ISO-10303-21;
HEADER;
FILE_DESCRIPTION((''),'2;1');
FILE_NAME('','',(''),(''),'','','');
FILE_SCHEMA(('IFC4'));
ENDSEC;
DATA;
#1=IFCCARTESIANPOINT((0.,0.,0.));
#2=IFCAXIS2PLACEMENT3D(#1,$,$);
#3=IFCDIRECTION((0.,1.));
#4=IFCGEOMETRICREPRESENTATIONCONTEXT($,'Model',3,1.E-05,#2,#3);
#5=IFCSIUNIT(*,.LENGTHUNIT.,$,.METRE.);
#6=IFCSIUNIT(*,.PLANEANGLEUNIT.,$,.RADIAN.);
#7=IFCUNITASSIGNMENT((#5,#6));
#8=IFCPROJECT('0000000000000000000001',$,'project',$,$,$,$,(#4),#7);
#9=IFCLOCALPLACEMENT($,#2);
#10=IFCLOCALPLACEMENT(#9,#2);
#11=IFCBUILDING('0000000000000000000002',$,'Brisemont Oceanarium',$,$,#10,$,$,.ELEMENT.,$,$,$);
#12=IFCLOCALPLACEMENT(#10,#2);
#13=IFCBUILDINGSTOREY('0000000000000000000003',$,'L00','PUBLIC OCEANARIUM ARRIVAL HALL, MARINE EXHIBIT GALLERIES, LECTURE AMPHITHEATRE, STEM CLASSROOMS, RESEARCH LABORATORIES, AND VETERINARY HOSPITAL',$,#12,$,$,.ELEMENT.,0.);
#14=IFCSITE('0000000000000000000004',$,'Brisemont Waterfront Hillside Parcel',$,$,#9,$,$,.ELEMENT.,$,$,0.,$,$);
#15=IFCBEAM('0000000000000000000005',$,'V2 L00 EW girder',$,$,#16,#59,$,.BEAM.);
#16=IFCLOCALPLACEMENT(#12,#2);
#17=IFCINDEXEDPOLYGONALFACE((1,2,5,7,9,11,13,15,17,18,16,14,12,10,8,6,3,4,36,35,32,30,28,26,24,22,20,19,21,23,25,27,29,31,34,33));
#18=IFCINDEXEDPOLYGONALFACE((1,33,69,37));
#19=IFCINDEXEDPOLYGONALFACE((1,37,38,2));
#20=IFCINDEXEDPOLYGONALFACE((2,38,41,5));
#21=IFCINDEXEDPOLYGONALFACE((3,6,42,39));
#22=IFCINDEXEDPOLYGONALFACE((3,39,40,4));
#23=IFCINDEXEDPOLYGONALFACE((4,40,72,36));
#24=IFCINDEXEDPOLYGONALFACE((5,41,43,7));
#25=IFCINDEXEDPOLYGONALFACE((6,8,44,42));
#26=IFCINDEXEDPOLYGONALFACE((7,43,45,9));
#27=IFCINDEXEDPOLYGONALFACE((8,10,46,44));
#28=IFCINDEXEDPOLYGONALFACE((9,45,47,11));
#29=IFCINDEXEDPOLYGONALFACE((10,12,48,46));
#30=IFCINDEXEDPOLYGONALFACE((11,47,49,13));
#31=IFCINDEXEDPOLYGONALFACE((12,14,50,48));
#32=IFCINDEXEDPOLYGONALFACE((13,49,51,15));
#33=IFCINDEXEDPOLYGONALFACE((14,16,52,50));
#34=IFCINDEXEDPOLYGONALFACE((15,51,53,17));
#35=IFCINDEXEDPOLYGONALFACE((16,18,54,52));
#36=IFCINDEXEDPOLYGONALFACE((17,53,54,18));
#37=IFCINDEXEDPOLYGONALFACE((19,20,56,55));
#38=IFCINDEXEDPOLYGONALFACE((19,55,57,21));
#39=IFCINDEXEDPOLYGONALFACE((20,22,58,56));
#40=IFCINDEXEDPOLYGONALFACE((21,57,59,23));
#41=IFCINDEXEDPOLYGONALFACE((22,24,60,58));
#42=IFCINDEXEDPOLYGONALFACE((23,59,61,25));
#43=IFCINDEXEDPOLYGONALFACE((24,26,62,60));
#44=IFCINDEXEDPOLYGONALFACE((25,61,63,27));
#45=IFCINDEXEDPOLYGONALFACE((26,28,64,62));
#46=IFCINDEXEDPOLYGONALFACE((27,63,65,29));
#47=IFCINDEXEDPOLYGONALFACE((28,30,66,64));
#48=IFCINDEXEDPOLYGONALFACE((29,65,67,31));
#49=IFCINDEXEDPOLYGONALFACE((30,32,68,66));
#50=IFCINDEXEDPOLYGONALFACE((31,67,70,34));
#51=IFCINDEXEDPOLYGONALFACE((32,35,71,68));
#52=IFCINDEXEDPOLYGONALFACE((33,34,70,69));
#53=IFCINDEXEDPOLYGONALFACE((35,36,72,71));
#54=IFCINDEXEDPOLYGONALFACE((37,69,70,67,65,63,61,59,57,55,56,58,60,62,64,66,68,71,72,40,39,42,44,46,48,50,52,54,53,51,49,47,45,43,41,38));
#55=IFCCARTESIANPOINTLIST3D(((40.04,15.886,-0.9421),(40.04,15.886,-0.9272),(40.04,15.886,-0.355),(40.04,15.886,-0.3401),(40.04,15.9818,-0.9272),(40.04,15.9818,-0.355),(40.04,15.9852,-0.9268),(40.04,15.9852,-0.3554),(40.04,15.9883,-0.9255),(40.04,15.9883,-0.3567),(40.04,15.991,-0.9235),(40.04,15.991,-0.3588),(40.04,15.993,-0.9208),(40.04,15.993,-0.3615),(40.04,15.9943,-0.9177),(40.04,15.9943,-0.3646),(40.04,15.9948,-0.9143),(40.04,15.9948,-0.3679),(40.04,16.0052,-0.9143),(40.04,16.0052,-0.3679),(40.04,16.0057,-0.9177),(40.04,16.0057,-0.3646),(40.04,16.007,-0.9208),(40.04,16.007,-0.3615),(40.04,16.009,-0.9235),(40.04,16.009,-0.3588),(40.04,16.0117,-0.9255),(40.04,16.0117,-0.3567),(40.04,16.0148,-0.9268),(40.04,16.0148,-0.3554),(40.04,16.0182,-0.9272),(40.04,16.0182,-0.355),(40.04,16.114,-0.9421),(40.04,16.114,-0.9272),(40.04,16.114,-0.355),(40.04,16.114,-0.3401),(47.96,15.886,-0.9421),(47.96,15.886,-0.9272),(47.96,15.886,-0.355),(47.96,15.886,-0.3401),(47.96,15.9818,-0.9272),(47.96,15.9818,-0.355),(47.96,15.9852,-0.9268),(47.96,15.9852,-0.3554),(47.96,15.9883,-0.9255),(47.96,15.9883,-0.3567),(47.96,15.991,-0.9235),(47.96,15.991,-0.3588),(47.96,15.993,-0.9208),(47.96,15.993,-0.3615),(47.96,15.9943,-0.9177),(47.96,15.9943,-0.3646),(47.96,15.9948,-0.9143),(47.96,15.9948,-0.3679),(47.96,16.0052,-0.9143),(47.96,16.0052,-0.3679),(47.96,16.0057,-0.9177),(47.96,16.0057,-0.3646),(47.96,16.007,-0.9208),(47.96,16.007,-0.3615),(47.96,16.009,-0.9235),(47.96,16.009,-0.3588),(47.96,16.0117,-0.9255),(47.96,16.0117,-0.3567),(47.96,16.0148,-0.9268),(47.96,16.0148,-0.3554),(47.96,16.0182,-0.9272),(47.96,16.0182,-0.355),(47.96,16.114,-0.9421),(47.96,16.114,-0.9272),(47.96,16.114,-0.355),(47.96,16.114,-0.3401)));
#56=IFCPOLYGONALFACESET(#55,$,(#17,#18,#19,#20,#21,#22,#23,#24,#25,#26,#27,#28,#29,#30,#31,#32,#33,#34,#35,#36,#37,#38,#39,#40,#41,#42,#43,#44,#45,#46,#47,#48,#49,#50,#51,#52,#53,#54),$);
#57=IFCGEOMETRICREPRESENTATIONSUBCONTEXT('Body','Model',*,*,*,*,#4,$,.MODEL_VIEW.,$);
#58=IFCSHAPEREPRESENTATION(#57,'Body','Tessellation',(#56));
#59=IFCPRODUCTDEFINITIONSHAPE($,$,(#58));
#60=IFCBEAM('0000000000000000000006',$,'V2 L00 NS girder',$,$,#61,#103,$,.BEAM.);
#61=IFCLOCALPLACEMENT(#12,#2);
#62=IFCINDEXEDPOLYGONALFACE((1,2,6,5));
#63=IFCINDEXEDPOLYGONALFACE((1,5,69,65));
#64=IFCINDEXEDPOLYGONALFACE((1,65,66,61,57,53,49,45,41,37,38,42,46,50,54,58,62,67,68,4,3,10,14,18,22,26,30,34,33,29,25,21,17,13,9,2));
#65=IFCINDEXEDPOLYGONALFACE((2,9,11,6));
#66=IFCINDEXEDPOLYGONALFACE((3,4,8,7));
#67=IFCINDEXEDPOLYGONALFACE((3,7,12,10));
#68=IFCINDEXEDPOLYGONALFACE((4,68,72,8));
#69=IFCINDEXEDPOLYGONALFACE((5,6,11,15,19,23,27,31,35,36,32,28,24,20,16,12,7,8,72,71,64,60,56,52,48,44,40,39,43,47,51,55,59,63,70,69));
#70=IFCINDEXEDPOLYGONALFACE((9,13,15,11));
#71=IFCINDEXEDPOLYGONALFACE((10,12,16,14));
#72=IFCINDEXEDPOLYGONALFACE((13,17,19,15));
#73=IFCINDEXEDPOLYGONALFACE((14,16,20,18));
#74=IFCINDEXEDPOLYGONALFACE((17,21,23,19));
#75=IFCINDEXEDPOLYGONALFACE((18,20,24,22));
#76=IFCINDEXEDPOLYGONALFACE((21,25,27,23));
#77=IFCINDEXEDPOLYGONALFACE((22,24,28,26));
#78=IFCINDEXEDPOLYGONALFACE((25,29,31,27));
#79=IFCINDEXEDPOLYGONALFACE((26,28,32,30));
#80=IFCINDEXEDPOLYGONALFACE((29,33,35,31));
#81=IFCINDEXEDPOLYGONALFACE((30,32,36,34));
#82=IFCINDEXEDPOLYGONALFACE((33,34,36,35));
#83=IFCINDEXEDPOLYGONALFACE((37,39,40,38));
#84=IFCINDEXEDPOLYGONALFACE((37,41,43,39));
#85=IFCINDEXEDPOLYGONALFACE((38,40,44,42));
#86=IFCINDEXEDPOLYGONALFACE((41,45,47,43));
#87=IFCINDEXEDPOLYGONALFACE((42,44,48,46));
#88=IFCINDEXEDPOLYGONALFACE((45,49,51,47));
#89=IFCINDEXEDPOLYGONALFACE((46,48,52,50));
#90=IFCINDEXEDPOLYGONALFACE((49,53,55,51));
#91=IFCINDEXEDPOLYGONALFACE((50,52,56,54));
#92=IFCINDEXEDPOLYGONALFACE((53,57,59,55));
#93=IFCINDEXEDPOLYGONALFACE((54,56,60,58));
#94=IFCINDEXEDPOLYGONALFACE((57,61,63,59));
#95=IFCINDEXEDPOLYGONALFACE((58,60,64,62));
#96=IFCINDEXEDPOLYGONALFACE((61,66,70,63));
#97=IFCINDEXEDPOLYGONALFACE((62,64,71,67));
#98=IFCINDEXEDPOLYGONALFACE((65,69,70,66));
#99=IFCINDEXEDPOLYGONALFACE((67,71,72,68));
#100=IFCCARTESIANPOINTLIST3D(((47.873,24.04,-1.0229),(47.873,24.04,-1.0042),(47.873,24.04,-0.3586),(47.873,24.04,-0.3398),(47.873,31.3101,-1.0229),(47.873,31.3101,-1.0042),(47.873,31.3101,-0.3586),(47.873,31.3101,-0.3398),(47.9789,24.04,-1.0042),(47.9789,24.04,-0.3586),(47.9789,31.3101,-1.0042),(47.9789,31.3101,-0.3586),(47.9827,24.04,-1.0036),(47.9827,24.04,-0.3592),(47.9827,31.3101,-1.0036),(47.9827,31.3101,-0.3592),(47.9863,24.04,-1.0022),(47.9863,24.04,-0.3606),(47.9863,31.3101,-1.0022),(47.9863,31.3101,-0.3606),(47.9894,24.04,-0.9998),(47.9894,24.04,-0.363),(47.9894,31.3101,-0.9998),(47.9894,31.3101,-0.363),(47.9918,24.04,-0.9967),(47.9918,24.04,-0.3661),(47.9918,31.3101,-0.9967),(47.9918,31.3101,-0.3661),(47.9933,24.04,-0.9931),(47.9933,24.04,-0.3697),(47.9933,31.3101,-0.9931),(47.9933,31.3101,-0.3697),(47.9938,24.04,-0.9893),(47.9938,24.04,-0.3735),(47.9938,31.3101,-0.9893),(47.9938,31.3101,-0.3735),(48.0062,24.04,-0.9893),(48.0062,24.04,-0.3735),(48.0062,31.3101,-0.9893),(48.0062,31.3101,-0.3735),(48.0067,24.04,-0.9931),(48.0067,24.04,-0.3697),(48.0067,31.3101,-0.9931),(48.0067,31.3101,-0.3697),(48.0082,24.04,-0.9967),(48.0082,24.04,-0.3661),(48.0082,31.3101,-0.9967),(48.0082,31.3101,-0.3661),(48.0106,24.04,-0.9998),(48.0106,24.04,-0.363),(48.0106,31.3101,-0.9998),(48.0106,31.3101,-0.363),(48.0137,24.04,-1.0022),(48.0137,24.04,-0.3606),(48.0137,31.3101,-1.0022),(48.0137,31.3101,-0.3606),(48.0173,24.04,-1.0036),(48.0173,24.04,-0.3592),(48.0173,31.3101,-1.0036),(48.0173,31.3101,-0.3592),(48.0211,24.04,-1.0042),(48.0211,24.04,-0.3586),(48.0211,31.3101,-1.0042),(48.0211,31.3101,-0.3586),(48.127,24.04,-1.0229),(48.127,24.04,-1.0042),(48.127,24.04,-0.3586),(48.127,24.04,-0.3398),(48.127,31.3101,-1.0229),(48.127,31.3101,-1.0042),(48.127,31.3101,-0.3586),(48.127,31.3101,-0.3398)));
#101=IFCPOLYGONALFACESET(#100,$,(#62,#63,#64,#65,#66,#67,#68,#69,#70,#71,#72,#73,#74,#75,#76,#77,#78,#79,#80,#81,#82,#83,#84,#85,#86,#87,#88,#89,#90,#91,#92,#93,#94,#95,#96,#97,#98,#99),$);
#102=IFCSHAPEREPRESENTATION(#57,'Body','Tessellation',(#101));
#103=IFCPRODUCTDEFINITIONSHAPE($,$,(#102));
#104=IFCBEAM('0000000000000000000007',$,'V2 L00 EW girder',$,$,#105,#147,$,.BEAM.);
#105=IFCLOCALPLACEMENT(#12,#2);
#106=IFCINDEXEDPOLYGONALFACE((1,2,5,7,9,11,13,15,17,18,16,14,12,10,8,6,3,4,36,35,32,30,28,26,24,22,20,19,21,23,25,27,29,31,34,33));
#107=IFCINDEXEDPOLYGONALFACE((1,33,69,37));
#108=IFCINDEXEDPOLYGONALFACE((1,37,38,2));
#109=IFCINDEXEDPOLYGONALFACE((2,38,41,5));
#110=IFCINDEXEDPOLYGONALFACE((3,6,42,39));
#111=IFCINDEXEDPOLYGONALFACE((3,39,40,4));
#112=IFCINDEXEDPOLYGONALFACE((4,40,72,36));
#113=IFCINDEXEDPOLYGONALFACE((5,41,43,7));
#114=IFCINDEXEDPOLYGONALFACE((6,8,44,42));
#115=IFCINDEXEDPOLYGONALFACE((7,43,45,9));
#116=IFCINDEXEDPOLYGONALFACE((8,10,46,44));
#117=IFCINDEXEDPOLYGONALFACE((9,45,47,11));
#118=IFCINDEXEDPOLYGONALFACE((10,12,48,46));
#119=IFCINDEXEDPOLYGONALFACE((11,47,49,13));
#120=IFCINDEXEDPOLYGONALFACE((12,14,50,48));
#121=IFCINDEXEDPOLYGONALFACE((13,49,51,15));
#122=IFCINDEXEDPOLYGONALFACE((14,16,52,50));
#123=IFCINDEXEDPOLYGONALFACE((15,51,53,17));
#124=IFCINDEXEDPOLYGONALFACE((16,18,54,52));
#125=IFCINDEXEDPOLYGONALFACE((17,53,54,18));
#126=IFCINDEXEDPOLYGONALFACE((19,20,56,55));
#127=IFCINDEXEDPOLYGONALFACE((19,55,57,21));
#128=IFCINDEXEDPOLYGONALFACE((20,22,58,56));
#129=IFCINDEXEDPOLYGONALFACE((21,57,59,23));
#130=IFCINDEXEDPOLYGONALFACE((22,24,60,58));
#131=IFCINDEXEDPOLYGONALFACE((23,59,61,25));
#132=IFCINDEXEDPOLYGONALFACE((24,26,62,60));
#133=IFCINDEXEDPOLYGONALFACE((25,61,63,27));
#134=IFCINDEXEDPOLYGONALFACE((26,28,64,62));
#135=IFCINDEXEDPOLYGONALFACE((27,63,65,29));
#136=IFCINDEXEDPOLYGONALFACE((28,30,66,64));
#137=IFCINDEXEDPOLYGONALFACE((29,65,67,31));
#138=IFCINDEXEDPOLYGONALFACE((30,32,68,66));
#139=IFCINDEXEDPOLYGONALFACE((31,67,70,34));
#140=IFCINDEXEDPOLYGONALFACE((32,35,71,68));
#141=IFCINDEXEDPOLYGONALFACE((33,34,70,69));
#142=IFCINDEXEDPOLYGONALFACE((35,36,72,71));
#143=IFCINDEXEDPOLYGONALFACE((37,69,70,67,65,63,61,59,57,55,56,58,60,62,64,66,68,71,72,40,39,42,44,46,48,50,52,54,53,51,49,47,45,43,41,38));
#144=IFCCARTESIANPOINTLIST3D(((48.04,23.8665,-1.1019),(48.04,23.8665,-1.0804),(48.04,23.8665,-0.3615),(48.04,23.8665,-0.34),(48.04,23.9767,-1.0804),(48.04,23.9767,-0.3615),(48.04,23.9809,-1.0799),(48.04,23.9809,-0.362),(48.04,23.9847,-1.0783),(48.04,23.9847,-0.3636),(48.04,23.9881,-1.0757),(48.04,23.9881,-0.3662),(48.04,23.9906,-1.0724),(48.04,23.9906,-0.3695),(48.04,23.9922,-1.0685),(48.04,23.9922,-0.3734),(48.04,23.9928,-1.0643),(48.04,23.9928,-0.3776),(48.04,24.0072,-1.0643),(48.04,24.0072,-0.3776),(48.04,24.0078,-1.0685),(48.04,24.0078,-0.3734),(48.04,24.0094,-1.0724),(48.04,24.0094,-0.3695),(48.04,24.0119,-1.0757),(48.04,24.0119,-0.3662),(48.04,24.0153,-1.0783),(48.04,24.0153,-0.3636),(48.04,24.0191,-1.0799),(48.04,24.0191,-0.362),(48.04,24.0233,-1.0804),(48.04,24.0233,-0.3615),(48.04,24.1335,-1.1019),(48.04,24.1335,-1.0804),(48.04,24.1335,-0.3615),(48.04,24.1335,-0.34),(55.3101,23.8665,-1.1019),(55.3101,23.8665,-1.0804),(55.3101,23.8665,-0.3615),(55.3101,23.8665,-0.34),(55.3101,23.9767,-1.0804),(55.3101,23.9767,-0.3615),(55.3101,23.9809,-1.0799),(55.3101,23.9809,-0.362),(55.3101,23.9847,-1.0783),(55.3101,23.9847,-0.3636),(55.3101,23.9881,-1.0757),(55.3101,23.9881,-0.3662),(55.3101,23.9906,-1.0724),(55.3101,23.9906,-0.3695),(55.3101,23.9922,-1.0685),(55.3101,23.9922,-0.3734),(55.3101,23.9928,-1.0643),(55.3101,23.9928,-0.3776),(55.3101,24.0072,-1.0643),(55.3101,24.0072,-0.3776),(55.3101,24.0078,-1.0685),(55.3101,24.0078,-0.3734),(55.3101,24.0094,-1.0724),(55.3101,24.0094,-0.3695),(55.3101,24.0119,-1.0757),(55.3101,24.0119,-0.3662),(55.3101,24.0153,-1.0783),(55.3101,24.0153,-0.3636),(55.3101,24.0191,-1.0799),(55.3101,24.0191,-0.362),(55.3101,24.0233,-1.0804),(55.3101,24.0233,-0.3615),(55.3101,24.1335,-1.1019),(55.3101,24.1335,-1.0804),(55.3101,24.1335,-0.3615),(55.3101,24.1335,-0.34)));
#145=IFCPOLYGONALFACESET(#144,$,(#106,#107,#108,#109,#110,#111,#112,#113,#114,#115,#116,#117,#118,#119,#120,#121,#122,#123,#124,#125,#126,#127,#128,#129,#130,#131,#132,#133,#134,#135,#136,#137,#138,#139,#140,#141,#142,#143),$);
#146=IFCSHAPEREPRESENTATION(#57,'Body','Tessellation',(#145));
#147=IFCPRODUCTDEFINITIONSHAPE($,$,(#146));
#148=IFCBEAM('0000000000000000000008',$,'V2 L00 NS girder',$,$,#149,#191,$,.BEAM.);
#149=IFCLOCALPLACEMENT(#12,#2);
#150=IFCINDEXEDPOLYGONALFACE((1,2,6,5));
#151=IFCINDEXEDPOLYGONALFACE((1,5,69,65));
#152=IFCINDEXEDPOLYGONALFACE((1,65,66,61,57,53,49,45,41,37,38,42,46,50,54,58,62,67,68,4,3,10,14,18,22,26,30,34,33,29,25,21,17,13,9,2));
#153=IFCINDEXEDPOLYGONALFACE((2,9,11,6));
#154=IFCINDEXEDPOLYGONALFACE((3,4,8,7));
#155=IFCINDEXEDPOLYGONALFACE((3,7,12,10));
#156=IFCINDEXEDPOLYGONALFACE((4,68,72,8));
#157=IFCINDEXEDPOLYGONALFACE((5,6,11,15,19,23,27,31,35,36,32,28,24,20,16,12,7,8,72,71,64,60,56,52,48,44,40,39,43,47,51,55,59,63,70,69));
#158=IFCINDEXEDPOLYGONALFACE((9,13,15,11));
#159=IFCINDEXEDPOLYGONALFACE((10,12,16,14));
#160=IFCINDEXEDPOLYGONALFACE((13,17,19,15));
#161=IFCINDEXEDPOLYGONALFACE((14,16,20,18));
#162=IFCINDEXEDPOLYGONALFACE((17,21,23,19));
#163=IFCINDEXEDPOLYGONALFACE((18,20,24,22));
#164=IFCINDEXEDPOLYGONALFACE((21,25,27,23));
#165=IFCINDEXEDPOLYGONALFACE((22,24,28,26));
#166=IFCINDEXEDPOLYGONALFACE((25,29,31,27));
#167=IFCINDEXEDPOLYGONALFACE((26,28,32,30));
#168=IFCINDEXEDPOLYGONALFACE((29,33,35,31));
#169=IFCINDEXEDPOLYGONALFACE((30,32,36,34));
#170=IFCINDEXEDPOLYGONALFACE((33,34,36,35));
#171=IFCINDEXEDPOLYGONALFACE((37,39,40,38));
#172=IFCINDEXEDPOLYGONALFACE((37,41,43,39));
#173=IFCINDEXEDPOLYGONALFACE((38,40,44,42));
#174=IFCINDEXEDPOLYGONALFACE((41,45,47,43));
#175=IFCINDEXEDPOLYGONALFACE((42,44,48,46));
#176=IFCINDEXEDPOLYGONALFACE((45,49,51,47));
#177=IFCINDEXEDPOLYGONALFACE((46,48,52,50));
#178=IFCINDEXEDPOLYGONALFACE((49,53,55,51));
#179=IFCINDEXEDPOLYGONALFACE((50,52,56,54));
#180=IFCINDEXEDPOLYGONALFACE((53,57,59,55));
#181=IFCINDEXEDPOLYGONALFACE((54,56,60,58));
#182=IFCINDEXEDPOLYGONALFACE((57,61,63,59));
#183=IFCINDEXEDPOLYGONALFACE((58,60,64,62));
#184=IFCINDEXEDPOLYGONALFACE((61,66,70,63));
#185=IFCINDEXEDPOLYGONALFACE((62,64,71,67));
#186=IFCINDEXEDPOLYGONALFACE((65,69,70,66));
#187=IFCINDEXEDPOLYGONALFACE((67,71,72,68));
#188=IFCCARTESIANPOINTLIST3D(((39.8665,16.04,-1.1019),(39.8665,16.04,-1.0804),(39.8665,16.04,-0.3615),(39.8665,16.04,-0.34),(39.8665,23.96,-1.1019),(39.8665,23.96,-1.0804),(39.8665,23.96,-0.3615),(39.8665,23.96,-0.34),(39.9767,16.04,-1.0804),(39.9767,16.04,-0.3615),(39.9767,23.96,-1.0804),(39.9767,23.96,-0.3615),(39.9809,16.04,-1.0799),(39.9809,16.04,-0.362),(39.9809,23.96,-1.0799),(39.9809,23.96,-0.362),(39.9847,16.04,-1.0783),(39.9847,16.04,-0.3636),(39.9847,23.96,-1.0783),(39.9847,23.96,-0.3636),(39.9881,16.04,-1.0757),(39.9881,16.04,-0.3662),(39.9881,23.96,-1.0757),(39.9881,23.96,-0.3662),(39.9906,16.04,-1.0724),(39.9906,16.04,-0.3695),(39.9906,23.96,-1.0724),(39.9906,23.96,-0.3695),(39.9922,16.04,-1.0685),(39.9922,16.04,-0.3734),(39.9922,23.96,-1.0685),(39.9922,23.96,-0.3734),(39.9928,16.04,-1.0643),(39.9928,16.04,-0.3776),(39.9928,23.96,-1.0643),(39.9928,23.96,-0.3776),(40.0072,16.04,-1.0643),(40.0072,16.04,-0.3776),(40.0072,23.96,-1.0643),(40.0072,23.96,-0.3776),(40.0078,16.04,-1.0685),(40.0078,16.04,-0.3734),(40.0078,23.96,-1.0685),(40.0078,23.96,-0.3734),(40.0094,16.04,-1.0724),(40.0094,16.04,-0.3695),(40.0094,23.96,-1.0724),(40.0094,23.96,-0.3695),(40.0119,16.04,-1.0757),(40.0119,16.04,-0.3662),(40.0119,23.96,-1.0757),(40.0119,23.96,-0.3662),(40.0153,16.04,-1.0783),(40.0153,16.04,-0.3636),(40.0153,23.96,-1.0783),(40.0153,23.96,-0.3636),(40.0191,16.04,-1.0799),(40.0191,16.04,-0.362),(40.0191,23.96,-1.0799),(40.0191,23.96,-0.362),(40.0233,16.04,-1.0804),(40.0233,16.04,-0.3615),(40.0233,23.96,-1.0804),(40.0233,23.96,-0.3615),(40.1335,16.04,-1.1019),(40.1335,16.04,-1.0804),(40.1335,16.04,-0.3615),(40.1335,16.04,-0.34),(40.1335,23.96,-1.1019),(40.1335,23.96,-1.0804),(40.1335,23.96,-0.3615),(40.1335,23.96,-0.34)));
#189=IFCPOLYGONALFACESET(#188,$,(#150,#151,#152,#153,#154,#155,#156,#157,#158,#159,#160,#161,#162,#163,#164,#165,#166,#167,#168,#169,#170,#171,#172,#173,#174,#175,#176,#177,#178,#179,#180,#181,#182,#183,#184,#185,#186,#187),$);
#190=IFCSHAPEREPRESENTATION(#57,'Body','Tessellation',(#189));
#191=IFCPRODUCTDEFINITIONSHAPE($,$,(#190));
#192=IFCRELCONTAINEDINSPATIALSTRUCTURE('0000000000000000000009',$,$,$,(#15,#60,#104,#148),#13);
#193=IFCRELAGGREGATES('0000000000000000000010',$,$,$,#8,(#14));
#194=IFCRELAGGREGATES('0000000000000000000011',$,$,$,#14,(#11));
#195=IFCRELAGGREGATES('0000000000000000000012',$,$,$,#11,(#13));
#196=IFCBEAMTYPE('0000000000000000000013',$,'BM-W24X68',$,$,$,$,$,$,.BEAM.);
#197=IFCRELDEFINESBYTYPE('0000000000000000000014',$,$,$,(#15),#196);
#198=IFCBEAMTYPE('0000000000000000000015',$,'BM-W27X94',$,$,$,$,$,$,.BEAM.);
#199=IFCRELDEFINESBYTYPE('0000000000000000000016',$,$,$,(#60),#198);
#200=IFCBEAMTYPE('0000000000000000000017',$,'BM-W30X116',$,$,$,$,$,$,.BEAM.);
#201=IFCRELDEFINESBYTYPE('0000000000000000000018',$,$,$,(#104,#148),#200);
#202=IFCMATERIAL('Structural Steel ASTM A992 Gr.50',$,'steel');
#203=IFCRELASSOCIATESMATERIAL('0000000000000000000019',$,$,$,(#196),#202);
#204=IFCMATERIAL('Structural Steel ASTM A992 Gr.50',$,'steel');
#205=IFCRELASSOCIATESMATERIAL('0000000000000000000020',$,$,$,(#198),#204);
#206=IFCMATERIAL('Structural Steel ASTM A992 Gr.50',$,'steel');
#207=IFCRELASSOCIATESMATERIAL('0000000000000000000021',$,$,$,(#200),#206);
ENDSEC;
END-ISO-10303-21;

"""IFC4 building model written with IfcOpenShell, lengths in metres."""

from ifc_helpers import new_model, si_unit, direction, frame, origin, origin_2d, place, context, subcontext, project, spatial, i_section, extrude, material, material_profile, profile_set, type_object, element, save


model = new_model("IFC4")

# Units and contexts
model_context = context("Model", 3, precision=1e-05, world=origin(), true_north=direction((0.0, 1.0)))
body_context = subcontext(model_context, "Body", "Model", "MODEL_VIEW")
ifc_project = project(units=[si_unit("LENGTHUNIT", "METRE"), si_unit("PLANEANGLEUNIT", "RADIAN")], contexts=[model_context])

# Site, building, storey
site_placement = place(None, origin())
site = spatial("IfcSite", under=ifc_project, at=site_placement, Name="Brisemont Waterfront Hillside Parcel", CompositionType="ELEMENT", RefElevation=0.0)
building_placement = place(site_placement, origin())
building = spatial("IfcBuilding", under=site, at=building_placement, Name="Brisemont Oceanarium", CompositionType="ELEMENT")
storey_placement = place(building_placement, origin())
storey = spatial("IfcBuildingStorey", under=building, at=storey_placement, Name="L00", Description="PUBLIC OCEANARIUM ARRIVAL HALL, MARINE EXHIBIT GALLERIES, LECTURE AMPHITHEATRE, STEM CLASSROOMS, RESEARCH LABORATORIES, AND VETERINARY HOSPITAL", CompositionType="ELEMENT", Elevation=0.0)

# Beams
ifc_material_1 = material(Name="Structural Steel ASTM A992 Gr.50", Category="steel")
ifc_material_profile_1 = material_profile(ifc_material_1, i_section(OverallWidth=0.228, OverallDepth=0.6021, WebThickness=0.0105, FlangeThickness=0.0149, FilletRadius=0.0129, at=origin_2d()), Name="W24X68")
ifc_profile_set_1 = profile_set([ifc_material_profile_1], Name="Structural Steel ASTM A992 Gr.50")
beam_type_1 = type_object("IfcBeamType", Name="BM-W24X68", PredefinedType="BEAM", material=ifc_profile_set_1)
beam_1_placement = place(storey_placement, frame((40.04, 16.0, -0.6411), z_axis=(1.0, 0.0, 0.0), x_axis=(0.0, 1.0, 0.0)))
element("IfcBeam", 1, at=beam_1_placement, inside=storey, type_object=beam_type_1, Name="V2 L00 EW girder", PredefinedType="BEAM", context=body_context, shape_type="SweptSolid", body=[
    extrude(i_section(OverallWidth=0.228, OverallDepth=0.6021, WebThickness=0.0105, FlangeThickness=0.0149, FilletRadius=0.0129, at=origin_2d()), origin(), (0.0, 0.0, 1.0), 7.9199),
])
ifc_material_2 = material(Name="Structural Steel ASTM A992 Gr.50", Category="steel")
ifc_material_profile_2 = material_profile(ifc_material_2, i_section(OverallWidth=0.2539, OverallDepth=0.6831, WebThickness=0.0125, FlangeThickness=0.0188, FilletRadius=0.0149, at=origin_2d()), Name="W27X94")
ifc_profile_set_2 = profile_set([ifc_material_profile_2], Name="Structural Steel ASTM A992 Gr.50")
beam_type_2 = type_object("IfcBeamType", Name="BM-W27X94", PredefinedType="BEAM", material=ifc_profile_set_2)
beam_2_placement = place(storey_placement, frame((48.0, 24.04, -0.6814), z_axis=(0.0, 1.0, 0.0), x_axis=(-1.0, 0.0, 0.0)))
element("IfcBeam", 2, at=beam_2_placement, inside=storey, type_object=beam_type_2, Name="V2 L00 NS girder", PredefinedType="BEAM", context=body_context, shape_type="SweptSolid", body=[
    extrude(i_section(OverallWidth=0.2539, OverallDepth=0.6831, WebThickness=0.0125, FlangeThickness=0.0188, FilletRadius=0.0149, at=origin_2d()), origin(), (0.0, 0.0, 1.0), 7.27),
])
ifc_material_3 = material(Name="Structural Steel ASTM A992 Gr.50", Category="steel")
ifc_material_profile_3 = material_profile(ifc_material_3, i_section(OverallWidth=0.2671, OverallDepth=0.762, WebThickness=0.0144, FlangeThickness=0.0215, FilletRadius=0.0161, at=origin_2d()), Name="W30X116")
ifc_profile_set_3 = profile_set([ifc_material_profile_3], Name="Structural Steel ASTM A992 Gr.50")
beam_type_3 = type_object("IfcBeamType", Name="BM-W30X116", PredefinedType="BEAM", material=ifc_profile_set_3)
beam_3_placement = place(storey_placement, frame((48.04, 24.0, -0.7209), z_axis=(1.0, 0.0, 0.0), x_axis=(0.0, 1.0, 0.0)))
element("IfcBeam", 3, at=beam_3_placement, inside=storey, type_object=beam_type_3, Name="V2 L00 EW girder", PredefinedType="BEAM", context=body_context, shape_type="SweptSolid", body=[
    extrude(i_section(OverallWidth=0.2671, OverallDepth=0.762, WebThickness=0.0144, FlangeThickness=0.0215, FilletRadius=0.0161, at=origin_2d()), origin(), (0.0, 0.0, 1.0), 7.27),
])
beam_4_placement = place(storey_placement, frame((40.0, 16.04, -0.7209), z_axis=(0.0, 1.0, 0.0), x_axis=(-1.0, 0.0, 0.0)))
element("IfcBeam", 4, at=beam_4_placement, inside=storey, type_object=beam_type_3, Name="V2 L00 NS girder", PredefinedType="BEAM", context=body_context, shape_type="SweptSolid", body=[
    extrude(i_section(OverallWidth=0.2671, OverallDepth=0.762, WebThickness=0.0144, FlangeThickness=0.0215, FilletRadius=0.0161, at=origin_2d()), origin(), (0.0, 0.0, 1.0), 7.9199),
])

save(model, "model.ifc")
